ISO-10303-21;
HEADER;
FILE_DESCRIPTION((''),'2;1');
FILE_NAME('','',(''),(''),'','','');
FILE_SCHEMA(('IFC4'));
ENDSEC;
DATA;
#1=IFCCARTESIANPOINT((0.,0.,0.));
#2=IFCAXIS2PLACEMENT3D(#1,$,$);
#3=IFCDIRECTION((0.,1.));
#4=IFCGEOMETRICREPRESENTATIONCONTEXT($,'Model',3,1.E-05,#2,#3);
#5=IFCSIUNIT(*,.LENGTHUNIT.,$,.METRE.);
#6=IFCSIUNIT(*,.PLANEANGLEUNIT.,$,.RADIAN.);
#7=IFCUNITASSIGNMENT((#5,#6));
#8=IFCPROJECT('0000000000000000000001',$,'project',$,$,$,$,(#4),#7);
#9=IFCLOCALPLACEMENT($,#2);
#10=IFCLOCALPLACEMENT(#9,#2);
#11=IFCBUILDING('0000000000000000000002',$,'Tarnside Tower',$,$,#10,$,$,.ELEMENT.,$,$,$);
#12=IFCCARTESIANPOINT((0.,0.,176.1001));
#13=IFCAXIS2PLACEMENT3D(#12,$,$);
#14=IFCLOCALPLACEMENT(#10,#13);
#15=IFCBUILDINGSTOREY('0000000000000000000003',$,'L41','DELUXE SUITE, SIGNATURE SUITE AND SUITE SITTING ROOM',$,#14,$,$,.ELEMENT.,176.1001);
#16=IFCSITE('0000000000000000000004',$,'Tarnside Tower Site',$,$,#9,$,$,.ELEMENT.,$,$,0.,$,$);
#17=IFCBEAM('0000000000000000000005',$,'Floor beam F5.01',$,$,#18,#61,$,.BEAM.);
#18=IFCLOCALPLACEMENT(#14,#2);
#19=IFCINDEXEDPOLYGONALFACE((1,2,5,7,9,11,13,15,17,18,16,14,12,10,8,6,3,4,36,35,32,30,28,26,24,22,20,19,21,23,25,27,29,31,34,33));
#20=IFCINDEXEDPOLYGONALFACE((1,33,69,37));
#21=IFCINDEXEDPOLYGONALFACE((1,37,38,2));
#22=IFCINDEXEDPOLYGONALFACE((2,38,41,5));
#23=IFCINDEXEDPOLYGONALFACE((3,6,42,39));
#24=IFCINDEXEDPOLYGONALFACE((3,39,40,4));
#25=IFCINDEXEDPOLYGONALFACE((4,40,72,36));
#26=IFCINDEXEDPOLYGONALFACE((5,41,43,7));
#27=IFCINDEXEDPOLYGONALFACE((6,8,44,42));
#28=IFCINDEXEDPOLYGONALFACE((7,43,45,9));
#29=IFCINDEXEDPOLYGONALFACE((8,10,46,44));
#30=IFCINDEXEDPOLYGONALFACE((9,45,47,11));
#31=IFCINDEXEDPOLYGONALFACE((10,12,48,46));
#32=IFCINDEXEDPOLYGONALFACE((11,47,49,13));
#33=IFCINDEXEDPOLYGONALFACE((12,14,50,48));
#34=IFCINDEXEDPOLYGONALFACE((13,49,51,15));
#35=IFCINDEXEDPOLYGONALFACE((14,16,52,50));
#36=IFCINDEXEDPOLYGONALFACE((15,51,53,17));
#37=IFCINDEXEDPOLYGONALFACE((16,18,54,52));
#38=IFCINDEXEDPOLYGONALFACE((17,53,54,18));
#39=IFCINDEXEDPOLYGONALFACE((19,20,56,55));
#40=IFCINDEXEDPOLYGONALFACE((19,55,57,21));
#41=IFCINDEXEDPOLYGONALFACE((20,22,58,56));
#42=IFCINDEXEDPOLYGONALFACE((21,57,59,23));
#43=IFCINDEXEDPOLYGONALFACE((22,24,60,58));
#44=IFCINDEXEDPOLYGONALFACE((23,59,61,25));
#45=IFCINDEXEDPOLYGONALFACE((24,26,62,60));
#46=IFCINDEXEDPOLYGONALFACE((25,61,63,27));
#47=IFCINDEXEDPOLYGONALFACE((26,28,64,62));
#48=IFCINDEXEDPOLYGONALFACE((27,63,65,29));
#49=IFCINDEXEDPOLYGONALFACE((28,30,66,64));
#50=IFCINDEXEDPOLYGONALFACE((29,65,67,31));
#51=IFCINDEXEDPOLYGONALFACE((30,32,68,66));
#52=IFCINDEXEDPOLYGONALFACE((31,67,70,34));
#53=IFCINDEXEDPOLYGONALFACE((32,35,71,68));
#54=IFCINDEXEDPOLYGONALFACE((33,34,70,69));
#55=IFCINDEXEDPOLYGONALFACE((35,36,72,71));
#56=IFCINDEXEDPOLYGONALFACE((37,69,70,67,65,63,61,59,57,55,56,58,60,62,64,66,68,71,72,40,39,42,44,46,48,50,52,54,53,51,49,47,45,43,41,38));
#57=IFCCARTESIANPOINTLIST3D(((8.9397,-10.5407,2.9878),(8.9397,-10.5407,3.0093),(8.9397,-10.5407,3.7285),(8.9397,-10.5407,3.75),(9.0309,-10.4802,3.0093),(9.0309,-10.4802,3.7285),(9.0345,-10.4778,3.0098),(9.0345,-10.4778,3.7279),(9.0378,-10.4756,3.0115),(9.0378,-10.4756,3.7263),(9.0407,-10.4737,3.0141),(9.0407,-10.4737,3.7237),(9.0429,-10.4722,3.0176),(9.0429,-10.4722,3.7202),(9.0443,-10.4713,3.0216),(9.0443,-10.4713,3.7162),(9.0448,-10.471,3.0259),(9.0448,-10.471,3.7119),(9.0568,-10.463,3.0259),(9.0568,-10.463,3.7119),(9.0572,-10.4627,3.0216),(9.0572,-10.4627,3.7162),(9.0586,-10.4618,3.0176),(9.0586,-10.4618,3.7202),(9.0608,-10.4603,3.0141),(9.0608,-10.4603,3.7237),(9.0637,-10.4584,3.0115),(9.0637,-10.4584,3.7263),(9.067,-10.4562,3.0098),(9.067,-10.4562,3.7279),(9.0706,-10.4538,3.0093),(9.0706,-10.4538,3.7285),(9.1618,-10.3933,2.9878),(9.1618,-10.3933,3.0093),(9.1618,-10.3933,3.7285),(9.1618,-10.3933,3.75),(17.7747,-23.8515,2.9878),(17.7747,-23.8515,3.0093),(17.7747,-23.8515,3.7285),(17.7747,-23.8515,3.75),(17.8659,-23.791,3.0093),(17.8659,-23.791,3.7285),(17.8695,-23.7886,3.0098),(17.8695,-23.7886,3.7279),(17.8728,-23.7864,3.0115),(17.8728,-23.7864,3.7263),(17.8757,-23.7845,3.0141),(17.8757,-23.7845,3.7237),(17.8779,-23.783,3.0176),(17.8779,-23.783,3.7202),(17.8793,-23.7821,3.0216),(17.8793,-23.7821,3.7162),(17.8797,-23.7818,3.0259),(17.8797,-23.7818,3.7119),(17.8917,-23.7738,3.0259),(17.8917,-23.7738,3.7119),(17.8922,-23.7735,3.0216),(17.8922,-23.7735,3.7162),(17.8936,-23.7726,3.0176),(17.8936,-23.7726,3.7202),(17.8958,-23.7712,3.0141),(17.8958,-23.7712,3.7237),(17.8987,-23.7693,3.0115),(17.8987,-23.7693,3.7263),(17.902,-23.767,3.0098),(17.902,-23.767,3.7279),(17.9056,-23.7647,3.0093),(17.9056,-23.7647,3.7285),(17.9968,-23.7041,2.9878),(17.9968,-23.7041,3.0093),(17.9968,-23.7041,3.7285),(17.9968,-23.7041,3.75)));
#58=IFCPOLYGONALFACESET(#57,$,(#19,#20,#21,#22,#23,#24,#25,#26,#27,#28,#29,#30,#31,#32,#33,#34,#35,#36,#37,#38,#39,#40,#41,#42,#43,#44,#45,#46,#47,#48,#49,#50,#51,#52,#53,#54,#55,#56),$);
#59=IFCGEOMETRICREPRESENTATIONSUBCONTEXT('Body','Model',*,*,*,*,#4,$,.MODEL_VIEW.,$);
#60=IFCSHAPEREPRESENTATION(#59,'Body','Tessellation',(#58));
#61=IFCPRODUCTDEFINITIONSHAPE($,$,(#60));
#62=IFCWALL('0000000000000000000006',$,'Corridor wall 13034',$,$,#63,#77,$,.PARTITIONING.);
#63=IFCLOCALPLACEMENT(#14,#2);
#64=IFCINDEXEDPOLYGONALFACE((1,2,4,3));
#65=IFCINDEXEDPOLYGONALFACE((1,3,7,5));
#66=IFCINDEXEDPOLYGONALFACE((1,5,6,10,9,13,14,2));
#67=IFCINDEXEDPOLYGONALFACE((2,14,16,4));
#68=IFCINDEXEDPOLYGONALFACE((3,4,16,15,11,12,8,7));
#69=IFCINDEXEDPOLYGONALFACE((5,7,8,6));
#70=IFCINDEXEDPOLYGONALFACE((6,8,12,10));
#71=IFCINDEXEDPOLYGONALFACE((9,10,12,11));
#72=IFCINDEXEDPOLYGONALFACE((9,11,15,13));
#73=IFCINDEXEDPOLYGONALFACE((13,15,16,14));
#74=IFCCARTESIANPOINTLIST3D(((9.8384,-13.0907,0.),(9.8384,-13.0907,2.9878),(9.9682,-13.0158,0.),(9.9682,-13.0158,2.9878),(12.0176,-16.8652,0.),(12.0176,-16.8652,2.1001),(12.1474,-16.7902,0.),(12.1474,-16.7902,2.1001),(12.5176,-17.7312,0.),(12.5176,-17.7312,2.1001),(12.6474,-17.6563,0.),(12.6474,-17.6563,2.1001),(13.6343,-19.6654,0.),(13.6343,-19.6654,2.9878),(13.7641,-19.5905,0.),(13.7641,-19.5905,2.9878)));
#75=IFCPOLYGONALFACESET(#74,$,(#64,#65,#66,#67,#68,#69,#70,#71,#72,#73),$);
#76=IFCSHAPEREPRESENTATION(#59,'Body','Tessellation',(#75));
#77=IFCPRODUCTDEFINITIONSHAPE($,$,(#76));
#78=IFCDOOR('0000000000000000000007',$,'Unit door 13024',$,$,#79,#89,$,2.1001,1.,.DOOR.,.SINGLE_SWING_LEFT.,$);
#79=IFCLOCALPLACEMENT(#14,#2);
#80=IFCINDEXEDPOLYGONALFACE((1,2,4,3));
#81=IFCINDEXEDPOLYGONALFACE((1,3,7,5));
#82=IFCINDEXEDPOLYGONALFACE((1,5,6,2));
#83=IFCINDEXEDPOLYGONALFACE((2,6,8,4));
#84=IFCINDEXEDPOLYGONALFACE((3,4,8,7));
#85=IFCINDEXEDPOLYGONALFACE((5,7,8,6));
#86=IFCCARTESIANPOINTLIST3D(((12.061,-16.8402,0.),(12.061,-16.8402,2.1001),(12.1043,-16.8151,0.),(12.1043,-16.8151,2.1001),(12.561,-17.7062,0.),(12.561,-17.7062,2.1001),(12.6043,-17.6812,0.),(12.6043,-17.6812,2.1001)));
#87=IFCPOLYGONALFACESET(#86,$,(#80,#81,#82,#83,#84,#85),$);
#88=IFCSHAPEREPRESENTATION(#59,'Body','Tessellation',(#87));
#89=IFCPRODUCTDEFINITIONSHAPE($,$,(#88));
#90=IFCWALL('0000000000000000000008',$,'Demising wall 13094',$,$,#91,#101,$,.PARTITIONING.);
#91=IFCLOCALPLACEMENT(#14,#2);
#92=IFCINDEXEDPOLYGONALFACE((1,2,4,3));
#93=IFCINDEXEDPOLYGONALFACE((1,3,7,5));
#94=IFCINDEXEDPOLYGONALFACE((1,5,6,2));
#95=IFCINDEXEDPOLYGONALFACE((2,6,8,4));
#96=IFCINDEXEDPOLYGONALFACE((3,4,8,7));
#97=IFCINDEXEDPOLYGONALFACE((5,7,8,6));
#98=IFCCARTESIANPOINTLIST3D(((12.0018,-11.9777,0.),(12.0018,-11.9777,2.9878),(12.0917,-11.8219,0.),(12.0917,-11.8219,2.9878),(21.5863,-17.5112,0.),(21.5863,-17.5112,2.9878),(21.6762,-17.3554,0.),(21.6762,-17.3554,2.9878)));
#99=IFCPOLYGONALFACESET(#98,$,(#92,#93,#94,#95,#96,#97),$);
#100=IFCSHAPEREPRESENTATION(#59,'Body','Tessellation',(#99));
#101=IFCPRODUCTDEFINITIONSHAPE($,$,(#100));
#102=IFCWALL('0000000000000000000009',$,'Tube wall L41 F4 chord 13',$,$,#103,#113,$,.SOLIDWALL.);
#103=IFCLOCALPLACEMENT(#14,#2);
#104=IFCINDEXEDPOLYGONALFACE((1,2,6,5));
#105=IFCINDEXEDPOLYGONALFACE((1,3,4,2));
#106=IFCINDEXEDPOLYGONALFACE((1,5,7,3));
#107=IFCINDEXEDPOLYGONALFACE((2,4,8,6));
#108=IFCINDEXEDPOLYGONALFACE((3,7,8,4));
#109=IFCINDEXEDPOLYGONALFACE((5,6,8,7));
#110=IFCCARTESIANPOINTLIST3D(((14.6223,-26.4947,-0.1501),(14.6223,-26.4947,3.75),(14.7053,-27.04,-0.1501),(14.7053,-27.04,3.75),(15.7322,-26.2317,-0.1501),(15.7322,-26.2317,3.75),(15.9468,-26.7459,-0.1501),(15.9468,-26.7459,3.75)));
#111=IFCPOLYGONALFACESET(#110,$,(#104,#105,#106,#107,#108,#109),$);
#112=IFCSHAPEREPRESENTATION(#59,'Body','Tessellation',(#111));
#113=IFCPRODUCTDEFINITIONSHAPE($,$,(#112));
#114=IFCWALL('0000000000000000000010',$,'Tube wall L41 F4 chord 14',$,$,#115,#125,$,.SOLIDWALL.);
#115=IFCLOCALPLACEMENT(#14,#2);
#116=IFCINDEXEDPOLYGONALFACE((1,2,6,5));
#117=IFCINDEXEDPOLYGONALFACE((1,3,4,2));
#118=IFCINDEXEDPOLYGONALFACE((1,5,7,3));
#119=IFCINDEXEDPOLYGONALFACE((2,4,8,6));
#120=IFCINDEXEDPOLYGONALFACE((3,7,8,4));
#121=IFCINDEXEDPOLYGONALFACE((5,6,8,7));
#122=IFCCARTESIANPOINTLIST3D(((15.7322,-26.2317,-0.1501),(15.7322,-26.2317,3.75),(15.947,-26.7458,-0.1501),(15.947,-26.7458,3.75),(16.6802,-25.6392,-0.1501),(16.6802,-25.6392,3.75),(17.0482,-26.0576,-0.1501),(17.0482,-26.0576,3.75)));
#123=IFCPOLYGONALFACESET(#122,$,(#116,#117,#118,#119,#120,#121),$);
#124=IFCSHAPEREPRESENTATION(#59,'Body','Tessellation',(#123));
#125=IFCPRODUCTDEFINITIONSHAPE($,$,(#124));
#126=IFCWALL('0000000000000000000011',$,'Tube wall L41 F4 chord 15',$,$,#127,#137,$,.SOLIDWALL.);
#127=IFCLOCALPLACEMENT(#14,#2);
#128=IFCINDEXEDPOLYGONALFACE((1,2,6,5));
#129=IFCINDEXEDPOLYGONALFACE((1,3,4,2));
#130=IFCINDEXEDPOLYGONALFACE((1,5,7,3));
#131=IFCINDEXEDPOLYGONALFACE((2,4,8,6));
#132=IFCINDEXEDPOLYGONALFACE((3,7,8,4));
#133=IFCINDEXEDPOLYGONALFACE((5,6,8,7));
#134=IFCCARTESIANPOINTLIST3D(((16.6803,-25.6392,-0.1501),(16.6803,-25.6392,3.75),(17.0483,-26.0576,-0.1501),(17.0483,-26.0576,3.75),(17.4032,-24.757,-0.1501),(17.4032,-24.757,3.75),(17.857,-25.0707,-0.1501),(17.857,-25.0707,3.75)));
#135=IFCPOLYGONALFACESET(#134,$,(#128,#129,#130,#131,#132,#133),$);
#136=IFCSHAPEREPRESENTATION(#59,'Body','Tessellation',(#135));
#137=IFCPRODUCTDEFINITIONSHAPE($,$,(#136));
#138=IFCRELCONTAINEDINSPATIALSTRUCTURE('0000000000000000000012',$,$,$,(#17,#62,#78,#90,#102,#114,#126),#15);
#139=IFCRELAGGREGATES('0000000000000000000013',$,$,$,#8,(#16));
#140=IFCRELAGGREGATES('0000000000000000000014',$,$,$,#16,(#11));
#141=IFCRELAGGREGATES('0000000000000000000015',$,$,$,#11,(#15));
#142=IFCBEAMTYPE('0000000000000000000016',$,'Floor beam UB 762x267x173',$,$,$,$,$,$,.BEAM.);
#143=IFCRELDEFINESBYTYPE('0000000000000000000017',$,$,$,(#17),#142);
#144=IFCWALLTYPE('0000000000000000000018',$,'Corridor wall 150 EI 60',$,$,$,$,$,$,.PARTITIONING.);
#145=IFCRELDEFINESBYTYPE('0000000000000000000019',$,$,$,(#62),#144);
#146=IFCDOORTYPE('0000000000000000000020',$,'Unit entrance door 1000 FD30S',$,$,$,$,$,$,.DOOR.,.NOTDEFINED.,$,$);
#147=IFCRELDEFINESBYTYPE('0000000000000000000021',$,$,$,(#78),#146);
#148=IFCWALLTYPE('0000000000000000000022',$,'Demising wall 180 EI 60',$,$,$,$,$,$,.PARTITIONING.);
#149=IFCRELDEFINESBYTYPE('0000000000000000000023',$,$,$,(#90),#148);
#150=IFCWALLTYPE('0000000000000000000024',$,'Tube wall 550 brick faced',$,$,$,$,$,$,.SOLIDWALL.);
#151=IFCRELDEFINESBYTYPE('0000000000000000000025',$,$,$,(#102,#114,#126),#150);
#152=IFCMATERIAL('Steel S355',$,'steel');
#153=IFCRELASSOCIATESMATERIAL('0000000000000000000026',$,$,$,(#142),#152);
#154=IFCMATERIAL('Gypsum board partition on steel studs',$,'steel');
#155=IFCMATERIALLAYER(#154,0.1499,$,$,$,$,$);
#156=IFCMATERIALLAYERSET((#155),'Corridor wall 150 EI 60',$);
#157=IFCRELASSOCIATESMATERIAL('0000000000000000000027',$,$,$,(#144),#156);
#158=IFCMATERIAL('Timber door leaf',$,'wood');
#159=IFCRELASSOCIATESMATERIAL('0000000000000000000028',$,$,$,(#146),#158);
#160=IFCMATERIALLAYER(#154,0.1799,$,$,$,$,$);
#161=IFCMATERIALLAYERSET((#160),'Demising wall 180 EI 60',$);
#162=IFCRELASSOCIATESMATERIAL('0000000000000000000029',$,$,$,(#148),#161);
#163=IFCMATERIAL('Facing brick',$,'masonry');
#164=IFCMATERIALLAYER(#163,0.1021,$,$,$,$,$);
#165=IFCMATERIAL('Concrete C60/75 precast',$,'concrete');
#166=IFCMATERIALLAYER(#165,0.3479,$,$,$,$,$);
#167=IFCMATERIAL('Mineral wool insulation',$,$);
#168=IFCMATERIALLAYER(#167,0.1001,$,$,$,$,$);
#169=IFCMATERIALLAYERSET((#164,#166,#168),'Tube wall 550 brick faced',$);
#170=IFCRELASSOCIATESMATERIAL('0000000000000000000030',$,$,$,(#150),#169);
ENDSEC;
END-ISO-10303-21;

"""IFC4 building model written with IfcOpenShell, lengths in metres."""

from ifc_helpers import new_model, si_unit, direction, frame, frame_2d, origin, origin_2d, place, context, subcontext, project, spatial, polyline, rectangle, i_section, outline, extrude, material, layer, layer_set, material_profile, profile_set, type_object, element, fill, save


model = new_model("IFC4")

# Units and contexts
model_context = context("Model", 3, precision=1e-05, world=origin(), true_north=direction((0.0, 1.0)))
body_context = subcontext(model_context, "Body", "Model", "MODEL_VIEW")
ifc_project = project(units=[si_unit("LENGTHUNIT", "METRE"), si_unit("PLANEANGLEUNIT", "RADIAN")], contexts=[model_context])

# Site, building, storey
site_placement = place(None, origin())
site = spatial("IfcSite", under=ifc_project, at=site_placement, Name="Tarnside Tower Site", CompositionType="ELEMENT", RefElevation=0.0)
building_placement = place(site_placement, origin())
building = spatial("IfcBuilding", under=site, at=building_placement, Name="Tarnside Tower", CompositionType="ELEMENT")
storey_placement = place(building_placement, frame((0.0, 0.0, 176.1001)))
storey = spatial("IfcBuildingStorey", under=building, at=storey_placement, Name="L41", Description="DELUXE SUITE, SIGNATURE SUITE AND SUITE SITTING ROOM", CompositionType="ELEMENT", Elevation=176.1001)

# Beam
ifc_material_1 = material(Name="Steel S355", Category="steel")
ifc_material_profile_1 = material_profile(ifc_material_1, i_section(OverallWidth=0.2666, OverallDepth=0.7622, WebThickness=0.0144, FlangeThickness=0.0215, FilletRadius=0.0166, at=origin_2d()), Name="UB 762x267x173")
ifc_profile_set_1 = profile_set([ifc_material_profile_1], Name="Steel S355")
beam_type_1 = type_object("IfcBeamType", Name="Floor beam UB 762x267x173", PredefinedType="BEAM", material=ifc_profile_set_1)
beam_1_placement = place(storey_placement, frame((17.8857, -23.7778, 3.3689), z_axis=(-0.553013, 0.833172, 0.0), x_axis=(-0.833172, -0.553013, 0.0)))
element("IfcBeam", 1, at=beam_1_placement, inside=storey, type_object=beam_type_1, Name="Floor beam F5.01", PredefinedType="BEAM", context=body_context, shape_type="SweptSolid", body=[
    extrude(i_section(OverallWidth=0.2666, OverallDepth=0.7622, WebThickness=0.0144, FlangeThickness=0.0215, FilletRadius=0.0166, at=origin_2d()), origin(), (0.0, 0.0, 1.0), 15.9761),
])

# Wall, opening, door
ifc_material_2 = material(Name="Gypsum board partition on steel studs", Category="steel")
ifc_layer_1 = layer(ifc_material_2, 0.1499)
ifc_layer_set_1 = layer_set([ifc_layer_1], Name="Corridor wall 150 EI 60")
wall_type_1 = type_object("IfcWallType", Name="Corridor wall 150 EI 60", PredefinedType="PARTITIONING", material=ifc_layer_set_1)
wall_1_placement = place(storey_placement, frame((13.6992, -19.6279, 0.0), z_axis=(0.0, 0.0, 1.0), x_axis=(-0.499999, 0.866026, 0.0)))
wall_1 = element("IfcWall", 2, at=wall_1_placement, inside=storey, type_object=wall_type_1, Name="Corridor wall 13034", PredefinedType="PARTITIONING", context=body_context, shape_type="SweptSolid", body=[
    extrude(rectangle(XDim=7.5918, YDim=0.1499, at=frame_2d((3.7959, 0.0))), origin(), (0.0, 0.0, 1.0), 2.9878),
])
opening_1_placement = place(wall_1_placement, frame((2.2334, 0.0, 0.0)))
opening_1 = element("IfcOpeningElement", 3, at=opening_1_placement, cuts=wall_1, PredefinedType="OPENING", context=body_context, shape_type="SweptSolid", body=[
    extrude(rectangle(XDim=1.0, YDim=2.1001, at=frame_2d((0.5, 1.05))), frame((0.0, 0.085, 0.0), z_axis=(0.0, -1.0, 0.0), x_axis=(1.0, 0.0, 0.0)), (0.0, 0.0, 1.0), 0.1699),
])
ifc_material_3 = material(Name="Timber door leaf", Category="wood")
door_type = type_object("IfcDoorType", Name="Unit entrance door 1000 FD30S", OperationType="NOTDEFINED", PredefinedType="DOOR", material=ifc_material_3)
door_placement = place(opening_1_placement, origin())
door = element("IfcDoor", 4, at=door_placement, inside=storey, type_object=door_type, Name="Unit door 13024", OperationType="SINGLE_SWING_LEFT", OverallHeight=2.1001, OverallWidth=1.0, PredefinedType="DOOR", context=body_context, shape_type="SweptSolid", body=[
    extrude(rectangle(XDim=1.0, YDim=2.1001, at=frame_2d((0.5, 1.05))), frame((0.0, 0.0249, 0.0), z_axis=(0.0, -1.0, 0.0), x_axis=(1.0, 0.0, 0.0)), (0.0, 0.0, 1.0), 0.05),
])
fill(opening_1, door)

# Walls
ifc_layer_2 = layer(ifc_material_2, 0.1799)
ifc_layer_set_2 = layer_set([ifc_layer_2], Name="Demising wall 180 EI 60")
wall_type_2 = type_object("IfcWallType", Name="Demising wall 180 EI 60", PredefinedType="PARTITIONING", material=ifc_layer_set_2)
wall_2_placement = place(storey_placement, frame((21.6313, -17.4333, 0.0), z_axis=(0.0, 0.0, 1.0), x_axis=(-0.866031, 0.49999, 0.0)))
element("IfcWall", 5, at=wall_2_placement, inside=storey, type_object=wall_type_2, Name="Demising wall 13094", PredefinedType="PARTITIONING", context=body_context, shape_type="SweptSolid", body=[
    extrude(rectangle(XDim=11.0671, YDim=0.1799, at=frame_2d((5.5337, 0.0))), origin(), (0.0, 0.0, 1.0), 2.9878),
])
ifc_material_4 = material(Name="Facing brick", Category="masonry")
ifc_layer_3 = layer(ifc_material_4, 0.1021)
ifc_material_5 = material(Name="Concrete C60/75 precast", Category="concrete")
ifc_layer_4 = layer(ifc_material_5, 0.3479)
ifc_material_6 = material(Name="Mineral wool insulation")
ifc_layer_5 = layer(ifc_material_6, 0.1001)
ifc_layer_set_3 = layer_set([ifc_layer_3, ifc_layer_4, ifc_layer_5], Name="Tube wall 550 brick faced")
wall_type_3 = type_object("IfcWallType", Name="Tube wall 550 brick faced", PredefinedType="SOLIDWALL", material=ifc_layer_set_3)
wall_3_placement = place(storey_placement, frame((14.6638, -26.7673, -0.1501), z_axis=(0.0, 0.0, 1.0), x_axis=(0.973064, 0.230537, 0.0)))
element("IfcWall", 6, at=wall_3_placement, inside=storey, type_object=wall_type_3, Name="Tube wall L41 F4 chord 13", PredefinedType="SOLIDWALL", context=body_context, shape_type="SweptSolid", body=[
    extrude(outline(polyline([(-0.0225, -0.2749), (1.2534, -0.2749), (1.1631, 0.2749), (0.0225, 0.2749), (-0.0225, -0.2749)])), origin(), (0.0, 0.0, 1.0), 3.9001),
])
wall_4_placement = place(storey_placement, frame((15.8396, -26.4888, -0.1501), z_axis=(0.0, 0.0, 1.0), x_axis=(0.84801, 0.529981, 0.0)))
element("IfcWall", 7, at=wall_4_placement, inside=storey, type_object=wall_type_3, Name="Tube wall L41 F4 chord 14", PredefinedType="SOLIDWALL", context=body_context, shape_type="SweptSolid", body=[
    extrude(outline(polyline([(-0.0452, -0.2749), (1.2534, -0.2749), (1.1631, 0.2749), (0.0452, 0.2749), (-0.0452, -0.2749)])), origin(), (0.0, 0.0, 1.0), 3.9001),
])
wall_5_placement = place(storey_placement, frame((16.8643, -25.8484, -0.1501), z_axis=(0.0, 0.0, 1.0), x_axis=(0.633843, 0.773462, 0.0)))
element("IfcWall", 8, at=wall_5_placement, inside=storey, type_object=wall_type_3, Name="Tube wall L41 F4 chord 15", PredefinedType="SOLIDWALL", context=body_context, shape_type="SweptSolid", body=[
    extrude(outline(polyline([(-0.0452, -0.2749), (1.2307, -0.2749), (1.1858, 0.2749), (0.0452, 0.2749), (-0.0452, -0.2749)])), origin(), (0.0, 0.0, 1.0), 3.9001),
])

save(model, "model.ifc")
